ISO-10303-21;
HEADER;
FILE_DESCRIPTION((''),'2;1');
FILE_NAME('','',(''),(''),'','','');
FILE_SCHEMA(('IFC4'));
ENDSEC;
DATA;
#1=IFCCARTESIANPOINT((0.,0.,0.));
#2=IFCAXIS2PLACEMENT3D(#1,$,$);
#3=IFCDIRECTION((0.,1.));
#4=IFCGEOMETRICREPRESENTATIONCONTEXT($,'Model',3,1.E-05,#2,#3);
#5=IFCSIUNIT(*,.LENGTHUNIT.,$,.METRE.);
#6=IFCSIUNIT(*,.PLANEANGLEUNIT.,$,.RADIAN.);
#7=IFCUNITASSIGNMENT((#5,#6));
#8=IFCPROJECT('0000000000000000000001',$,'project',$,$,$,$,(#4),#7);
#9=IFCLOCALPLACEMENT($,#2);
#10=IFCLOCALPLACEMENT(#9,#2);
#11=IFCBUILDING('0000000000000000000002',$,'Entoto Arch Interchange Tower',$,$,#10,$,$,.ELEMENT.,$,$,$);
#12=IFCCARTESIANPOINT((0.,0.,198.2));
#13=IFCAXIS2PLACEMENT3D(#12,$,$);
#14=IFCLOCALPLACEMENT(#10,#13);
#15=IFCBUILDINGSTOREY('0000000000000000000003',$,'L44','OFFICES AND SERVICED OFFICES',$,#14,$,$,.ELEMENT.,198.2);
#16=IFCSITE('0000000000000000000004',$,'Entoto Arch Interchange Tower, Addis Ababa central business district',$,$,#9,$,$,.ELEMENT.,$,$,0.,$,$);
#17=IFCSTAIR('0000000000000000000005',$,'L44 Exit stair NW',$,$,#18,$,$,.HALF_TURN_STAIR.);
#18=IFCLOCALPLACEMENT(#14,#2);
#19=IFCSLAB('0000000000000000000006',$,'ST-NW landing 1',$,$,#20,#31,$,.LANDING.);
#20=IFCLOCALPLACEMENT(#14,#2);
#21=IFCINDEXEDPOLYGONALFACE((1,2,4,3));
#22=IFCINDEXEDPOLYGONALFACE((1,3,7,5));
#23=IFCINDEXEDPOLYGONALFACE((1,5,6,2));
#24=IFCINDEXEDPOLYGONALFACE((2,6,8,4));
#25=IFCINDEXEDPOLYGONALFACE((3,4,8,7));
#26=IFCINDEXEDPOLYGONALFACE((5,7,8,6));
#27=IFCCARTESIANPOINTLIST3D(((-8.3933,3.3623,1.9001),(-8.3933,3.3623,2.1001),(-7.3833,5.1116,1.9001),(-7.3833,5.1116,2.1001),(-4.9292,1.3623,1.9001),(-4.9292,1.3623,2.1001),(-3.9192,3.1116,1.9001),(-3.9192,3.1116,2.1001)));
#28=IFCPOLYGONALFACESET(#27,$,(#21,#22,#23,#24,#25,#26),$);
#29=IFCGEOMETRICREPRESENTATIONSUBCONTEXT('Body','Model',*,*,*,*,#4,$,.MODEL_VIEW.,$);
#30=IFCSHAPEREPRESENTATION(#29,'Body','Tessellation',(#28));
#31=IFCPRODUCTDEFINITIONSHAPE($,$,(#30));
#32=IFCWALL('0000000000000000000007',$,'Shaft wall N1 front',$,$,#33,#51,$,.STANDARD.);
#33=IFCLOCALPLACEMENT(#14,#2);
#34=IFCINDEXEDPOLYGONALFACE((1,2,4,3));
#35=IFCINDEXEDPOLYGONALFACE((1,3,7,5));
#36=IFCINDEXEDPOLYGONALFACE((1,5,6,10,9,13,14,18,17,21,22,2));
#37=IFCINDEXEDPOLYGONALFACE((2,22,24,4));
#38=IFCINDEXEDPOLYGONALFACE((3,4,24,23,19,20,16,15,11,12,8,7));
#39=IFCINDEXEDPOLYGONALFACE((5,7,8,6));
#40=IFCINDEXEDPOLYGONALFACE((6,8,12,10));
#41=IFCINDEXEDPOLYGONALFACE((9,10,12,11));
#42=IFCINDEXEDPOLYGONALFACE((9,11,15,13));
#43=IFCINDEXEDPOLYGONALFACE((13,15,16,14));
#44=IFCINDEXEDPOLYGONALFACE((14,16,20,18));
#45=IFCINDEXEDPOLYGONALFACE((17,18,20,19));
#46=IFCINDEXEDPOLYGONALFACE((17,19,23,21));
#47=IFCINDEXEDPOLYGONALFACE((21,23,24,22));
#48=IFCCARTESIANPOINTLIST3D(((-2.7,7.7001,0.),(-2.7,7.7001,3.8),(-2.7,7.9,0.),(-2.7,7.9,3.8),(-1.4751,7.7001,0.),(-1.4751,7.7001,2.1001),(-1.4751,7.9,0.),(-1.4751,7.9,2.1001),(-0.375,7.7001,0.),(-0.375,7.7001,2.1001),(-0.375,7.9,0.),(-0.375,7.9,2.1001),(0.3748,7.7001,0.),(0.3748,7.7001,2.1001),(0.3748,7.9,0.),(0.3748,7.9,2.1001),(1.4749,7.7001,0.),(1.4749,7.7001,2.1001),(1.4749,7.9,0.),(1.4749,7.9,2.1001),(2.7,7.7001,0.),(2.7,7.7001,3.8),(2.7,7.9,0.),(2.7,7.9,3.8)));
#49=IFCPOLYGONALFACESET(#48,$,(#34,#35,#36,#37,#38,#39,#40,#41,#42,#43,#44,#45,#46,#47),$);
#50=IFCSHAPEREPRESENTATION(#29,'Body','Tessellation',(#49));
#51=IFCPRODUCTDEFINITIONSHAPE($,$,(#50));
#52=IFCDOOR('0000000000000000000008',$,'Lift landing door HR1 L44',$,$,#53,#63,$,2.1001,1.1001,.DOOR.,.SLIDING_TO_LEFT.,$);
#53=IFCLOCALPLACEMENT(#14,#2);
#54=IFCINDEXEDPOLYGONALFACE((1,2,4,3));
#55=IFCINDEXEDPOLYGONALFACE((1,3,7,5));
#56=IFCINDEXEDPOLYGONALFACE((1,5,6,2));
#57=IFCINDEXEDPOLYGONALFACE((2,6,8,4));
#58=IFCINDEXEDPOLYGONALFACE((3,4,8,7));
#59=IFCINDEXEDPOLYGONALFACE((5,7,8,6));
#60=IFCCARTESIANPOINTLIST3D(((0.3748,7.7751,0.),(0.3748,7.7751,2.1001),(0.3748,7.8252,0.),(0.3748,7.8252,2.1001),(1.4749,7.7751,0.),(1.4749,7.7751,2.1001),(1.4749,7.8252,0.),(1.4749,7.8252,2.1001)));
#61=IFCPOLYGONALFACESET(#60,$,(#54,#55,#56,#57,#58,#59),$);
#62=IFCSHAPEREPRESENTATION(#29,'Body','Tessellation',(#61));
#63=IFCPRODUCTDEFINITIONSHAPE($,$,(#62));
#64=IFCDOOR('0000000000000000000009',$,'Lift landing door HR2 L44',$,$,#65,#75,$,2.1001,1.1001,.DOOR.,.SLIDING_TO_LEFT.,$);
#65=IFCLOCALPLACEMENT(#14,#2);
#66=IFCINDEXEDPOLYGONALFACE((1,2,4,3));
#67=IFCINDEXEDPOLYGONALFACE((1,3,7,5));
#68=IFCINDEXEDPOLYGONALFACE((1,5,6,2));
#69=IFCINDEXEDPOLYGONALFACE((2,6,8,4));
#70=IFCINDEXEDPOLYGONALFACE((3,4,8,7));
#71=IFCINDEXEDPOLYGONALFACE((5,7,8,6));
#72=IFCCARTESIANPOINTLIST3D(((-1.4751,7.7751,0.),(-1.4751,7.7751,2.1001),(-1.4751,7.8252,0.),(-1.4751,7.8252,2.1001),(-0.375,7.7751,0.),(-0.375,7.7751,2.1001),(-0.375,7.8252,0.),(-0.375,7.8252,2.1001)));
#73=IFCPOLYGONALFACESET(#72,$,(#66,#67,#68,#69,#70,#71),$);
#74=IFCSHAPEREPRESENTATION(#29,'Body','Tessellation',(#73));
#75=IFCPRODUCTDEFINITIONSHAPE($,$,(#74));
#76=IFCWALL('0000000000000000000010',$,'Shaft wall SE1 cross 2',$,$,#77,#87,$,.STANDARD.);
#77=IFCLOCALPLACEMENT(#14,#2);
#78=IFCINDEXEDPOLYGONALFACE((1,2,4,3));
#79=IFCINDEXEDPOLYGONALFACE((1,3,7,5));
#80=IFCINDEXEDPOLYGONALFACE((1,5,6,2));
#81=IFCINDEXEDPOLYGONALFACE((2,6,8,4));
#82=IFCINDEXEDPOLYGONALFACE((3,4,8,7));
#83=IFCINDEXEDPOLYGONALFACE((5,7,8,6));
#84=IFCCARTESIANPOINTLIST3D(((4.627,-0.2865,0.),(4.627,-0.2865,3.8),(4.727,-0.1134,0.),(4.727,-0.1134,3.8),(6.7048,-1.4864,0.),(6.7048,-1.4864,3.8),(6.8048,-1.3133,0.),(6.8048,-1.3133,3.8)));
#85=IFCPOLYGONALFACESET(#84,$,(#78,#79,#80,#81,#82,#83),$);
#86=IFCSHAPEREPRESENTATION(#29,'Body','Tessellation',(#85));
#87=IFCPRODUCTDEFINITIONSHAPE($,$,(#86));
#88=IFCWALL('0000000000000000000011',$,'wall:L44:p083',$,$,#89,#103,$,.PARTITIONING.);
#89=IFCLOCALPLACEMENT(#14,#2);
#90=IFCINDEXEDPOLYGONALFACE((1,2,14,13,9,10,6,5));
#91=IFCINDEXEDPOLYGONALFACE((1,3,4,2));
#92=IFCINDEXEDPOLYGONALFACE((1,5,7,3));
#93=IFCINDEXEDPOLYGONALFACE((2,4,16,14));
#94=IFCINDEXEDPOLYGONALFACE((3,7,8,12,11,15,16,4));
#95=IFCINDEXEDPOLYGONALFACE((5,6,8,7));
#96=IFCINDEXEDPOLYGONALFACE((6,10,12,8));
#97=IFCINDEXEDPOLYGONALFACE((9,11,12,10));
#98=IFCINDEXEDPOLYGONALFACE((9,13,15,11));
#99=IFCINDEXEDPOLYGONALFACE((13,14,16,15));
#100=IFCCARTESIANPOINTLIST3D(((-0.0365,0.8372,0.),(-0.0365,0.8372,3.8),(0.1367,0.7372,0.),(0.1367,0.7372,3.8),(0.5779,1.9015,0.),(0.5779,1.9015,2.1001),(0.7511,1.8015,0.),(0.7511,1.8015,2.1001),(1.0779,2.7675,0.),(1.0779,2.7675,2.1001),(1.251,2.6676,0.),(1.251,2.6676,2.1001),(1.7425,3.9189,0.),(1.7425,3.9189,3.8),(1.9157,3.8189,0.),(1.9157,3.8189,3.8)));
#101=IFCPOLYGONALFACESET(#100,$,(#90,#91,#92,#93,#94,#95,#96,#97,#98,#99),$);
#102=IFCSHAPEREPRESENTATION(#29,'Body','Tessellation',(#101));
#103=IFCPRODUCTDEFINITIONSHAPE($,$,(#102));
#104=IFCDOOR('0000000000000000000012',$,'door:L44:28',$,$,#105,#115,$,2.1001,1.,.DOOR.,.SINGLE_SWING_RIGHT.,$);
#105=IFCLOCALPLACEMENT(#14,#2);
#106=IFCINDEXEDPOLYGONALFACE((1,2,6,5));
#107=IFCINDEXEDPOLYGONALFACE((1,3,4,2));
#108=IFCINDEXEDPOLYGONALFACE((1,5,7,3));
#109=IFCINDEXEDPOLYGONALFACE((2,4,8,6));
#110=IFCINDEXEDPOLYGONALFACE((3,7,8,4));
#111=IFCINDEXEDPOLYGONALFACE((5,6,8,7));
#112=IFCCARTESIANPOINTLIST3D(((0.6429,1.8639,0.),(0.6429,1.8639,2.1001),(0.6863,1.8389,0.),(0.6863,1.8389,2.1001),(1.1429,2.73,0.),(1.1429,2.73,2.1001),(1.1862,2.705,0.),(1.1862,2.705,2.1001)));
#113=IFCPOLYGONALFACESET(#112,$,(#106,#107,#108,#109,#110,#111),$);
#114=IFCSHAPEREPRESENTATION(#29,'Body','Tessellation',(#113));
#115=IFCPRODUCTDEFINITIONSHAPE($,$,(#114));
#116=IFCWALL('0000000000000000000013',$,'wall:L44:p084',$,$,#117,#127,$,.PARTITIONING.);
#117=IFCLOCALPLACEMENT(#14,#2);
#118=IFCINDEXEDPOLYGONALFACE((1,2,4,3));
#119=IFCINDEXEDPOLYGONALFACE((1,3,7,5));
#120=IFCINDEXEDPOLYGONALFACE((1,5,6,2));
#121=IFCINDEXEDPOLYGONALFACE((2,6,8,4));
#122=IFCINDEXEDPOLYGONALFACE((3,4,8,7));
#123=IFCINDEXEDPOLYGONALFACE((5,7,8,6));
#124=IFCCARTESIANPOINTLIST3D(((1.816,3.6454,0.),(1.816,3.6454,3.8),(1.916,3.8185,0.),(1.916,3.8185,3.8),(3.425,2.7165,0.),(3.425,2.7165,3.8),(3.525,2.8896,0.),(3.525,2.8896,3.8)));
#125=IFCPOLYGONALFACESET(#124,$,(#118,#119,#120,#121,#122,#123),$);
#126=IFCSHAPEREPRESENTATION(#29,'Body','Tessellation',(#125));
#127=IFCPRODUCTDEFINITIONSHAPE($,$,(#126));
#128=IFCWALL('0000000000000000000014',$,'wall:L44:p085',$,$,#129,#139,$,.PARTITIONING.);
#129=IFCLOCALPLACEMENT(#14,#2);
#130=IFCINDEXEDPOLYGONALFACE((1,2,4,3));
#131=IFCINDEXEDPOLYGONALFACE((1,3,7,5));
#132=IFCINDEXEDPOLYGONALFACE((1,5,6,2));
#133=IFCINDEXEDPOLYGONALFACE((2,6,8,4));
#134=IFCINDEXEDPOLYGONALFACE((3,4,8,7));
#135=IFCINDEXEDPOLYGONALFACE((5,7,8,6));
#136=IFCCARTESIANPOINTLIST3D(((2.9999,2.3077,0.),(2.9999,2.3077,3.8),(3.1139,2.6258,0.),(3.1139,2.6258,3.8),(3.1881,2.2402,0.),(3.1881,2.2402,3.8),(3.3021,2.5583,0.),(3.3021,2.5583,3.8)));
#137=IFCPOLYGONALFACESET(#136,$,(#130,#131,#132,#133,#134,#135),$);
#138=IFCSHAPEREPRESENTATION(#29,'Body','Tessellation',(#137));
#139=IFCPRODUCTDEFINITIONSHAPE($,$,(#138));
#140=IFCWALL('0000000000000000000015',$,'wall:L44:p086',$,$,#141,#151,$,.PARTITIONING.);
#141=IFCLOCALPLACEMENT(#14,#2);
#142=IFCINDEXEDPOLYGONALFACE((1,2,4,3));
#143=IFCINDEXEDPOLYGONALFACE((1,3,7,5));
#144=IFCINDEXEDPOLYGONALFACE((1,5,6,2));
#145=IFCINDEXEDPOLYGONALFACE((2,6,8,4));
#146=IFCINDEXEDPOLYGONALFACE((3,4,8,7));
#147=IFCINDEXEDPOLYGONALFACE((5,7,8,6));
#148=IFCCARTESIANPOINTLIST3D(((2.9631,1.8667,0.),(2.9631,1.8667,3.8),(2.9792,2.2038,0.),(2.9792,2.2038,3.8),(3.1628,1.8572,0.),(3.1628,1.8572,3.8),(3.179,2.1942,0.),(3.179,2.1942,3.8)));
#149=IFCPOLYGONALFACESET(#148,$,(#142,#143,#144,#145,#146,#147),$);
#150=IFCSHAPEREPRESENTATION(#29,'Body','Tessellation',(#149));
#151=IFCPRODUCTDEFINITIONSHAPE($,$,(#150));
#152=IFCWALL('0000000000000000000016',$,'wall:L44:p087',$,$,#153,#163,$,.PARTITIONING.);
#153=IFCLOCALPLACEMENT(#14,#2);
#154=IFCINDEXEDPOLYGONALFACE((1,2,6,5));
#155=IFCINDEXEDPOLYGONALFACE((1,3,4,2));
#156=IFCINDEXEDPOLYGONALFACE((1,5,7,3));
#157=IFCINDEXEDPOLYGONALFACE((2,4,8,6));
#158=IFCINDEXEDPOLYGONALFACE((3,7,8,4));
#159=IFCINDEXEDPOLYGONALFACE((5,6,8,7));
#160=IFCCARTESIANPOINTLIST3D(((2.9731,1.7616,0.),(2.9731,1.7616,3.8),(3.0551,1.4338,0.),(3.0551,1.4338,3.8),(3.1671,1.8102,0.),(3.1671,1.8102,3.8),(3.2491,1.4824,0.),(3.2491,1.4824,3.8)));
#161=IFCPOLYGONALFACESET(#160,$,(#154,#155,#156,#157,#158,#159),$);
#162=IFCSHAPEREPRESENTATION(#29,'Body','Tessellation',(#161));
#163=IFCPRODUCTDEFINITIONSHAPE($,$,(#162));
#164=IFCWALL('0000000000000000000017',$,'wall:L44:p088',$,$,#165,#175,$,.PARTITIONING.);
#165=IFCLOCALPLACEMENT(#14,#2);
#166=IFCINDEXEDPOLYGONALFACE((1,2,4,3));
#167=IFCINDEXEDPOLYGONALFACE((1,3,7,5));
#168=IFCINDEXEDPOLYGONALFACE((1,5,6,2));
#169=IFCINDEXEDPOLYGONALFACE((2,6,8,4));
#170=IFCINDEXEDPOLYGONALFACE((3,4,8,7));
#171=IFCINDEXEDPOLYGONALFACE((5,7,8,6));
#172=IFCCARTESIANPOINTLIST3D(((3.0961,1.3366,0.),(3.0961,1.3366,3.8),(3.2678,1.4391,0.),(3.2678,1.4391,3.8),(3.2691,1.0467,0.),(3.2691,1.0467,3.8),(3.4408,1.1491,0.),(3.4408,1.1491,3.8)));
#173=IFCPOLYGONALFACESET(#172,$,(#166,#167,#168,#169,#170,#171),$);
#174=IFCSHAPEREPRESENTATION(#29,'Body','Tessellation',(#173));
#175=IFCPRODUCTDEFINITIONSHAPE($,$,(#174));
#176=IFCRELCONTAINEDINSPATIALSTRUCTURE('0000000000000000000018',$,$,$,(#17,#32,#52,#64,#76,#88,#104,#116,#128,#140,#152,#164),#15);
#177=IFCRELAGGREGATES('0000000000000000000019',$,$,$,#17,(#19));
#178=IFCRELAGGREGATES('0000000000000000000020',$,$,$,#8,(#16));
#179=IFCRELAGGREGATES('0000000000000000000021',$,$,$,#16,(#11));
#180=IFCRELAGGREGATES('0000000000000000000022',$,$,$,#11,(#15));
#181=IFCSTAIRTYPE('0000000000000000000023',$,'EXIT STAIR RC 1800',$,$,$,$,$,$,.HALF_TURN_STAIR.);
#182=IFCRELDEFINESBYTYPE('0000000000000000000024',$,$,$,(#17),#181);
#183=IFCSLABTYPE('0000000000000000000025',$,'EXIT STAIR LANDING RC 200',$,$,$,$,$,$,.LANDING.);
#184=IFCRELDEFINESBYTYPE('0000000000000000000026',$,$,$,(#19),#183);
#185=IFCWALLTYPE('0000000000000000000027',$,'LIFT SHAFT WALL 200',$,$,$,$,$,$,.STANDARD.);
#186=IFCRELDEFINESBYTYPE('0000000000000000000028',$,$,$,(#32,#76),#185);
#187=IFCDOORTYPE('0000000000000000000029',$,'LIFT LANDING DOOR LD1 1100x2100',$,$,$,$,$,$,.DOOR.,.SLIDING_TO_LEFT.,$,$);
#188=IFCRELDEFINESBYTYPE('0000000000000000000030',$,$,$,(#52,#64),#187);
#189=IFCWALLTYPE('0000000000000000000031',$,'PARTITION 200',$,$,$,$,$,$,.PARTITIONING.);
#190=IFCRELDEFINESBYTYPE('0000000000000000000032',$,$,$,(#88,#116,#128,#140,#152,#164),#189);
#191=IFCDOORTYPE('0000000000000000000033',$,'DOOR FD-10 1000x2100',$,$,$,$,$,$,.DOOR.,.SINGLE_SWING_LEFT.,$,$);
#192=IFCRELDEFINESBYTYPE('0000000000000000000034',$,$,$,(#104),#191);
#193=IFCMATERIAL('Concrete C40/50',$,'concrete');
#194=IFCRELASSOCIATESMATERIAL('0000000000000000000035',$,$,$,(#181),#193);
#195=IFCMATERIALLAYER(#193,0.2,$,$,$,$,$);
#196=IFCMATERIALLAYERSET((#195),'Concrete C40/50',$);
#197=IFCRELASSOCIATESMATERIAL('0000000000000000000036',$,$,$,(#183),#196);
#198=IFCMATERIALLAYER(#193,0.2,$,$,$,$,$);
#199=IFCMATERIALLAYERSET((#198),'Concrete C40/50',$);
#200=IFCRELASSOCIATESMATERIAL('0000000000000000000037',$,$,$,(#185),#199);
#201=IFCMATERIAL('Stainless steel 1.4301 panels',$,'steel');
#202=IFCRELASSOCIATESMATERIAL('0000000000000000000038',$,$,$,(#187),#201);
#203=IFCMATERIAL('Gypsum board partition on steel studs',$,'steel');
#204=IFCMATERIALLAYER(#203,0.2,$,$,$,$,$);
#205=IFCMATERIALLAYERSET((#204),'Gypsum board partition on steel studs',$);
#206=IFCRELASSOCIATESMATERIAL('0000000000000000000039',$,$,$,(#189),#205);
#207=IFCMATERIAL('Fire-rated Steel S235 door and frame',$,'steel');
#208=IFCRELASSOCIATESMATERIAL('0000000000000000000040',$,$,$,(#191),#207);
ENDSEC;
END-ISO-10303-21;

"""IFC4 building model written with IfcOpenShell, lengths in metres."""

from ifc_helpers import new_model, si_unit, direction, frame, frame_2d, origin, place, context, subcontext, project, spatial, polyline, rectangle, outline, extrude, material, layer, layer_set, type_object, element, fill, aggregate, save


model = new_model("IFC4")

# Units and contexts
model_context = context("Model", 3, precision=1e-05, world=origin(), true_north=direction((0.0, 1.0)))
body_context = subcontext(model_context, "Body", "Model", "MODEL_VIEW")
ifc_project = project(units=[si_unit("LENGTHUNIT", "METRE"), si_unit("PLANEANGLEUNIT", "RADIAN")], contexts=[model_context])

# Site, building, storey
site_placement = place(None, origin())
site = spatial("IfcSite", under=ifc_project, at=site_placement, Name="Entoto Arch Interchange Tower, Addis Ababa central business district", CompositionType="ELEMENT", RefElevation=0.0)
building_placement = place(site_placement, origin())
building = spatial("IfcBuilding", under=site, at=building_placement, Name="Entoto Arch Interchange Tower", CompositionType="ELEMENT")
storey_placement = place(building_placement, frame((0.0, 0.0, 198.2)))
storey = spatial("IfcBuildingStorey", under=building, at=storey_placement, Name="L44", Description="OFFICES AND SERVICED OFFICES", CompositionType="ELEMENT", Elevation=198.2)

# Stair, slab
ifc_material_1 = material(Name="Concrete C40/50", Category="concrete")
stair_type = type_object("IfcStairType", Name="EXIT STAIR RC 1800", PredefinedType="HALF_TURN_STAIR", material=ifc_material_1)
stair_1_placement = place(storey_placement, origin())
stair_1 = element("IfcStair", 1, at=stair_1_placement, inside=storey, type_object=stair_type, Name="L44 Exit stair NW", PredefinedType="HALF_TURN_STAIR")
ifc_layer_1 = layer(ifc_material_1, 0.2)
ifc_layer_set_1 = layer_set([ifc_layer_1], Name="Concrete C40/50")
slab_type = type_object("IfcSlabType", Name="EXIT STAIR LANDING RC 200", PredefinedType="LANDING", material=ifc_layer_set_1)
slab_placement = place(storey_placement, frame((0.0, 0.0, 1.9001)))
slab = element("IfcSlab", 2, at=slab_placement, type_object=slab_type, Name="ST-NW landing 1", PredefinedType="LANDING", context=body_context, shape_type="SweptSolid", body=[
    extrude(outline(polyline([(-7.3833, 5.1116), (-8.3933, 3.3623), (-4.9292, 1.3623), (-3.9192, 3.1116), (-7.3833, 5.1116)])), origin(), (0.0, 0.0, 1.0), 0.2),
])
aggregate(stair_1, [slab])

# Wall, openings, doors
ifc_layer_2 = layer(ifc_material_1, 0.2)
ifc_layer_set_2 = layer_set([ifc_layer_2], Name="Concrete C40/50")
wall_type_1 = type_object("IfcWallType", Name="LIFT SHAFT WALL 200", PredefinedType="STANDARD", material=ifc_layer_set_2)
wall_1_placement = place(storey_placement, frame((2.7, 7.8, 0.0), z_axis=(0.0, 0.0, 1.0), x_axis=(-1.0, 0.0, 0.0)))
wall_1 = element("IfcWall", 3, at=wall_1_placement, inside=storey, type_object=wall_type_1, Name="Shaft wall N1 front", PredefinedType="STANDARD", context=body_context, shape_type="SweptSolid", body=[
    extrude(rectangle(XDim=5.3999, YDim=0.2, at=frame_2d((2.7, 0.0))), origin(), (0.0, 0.0, 1.0), 3.8),
])
opening_1_placement = place(wall_1_placement, frame((1.2251, 0.0, 0.0)))
opening_1 = element("IfcOpeningElement", 4, at=opening_1_placement, cuts=wall_1, PredefinedType="OPENING", context=body_context, shape_type="SweptSolid", body=[
    extrude(rectangle(XDim=1.1001, YDim=2.1001, at=frame_2d((0.55, 1.05))), frame((0.0, 0.1099, 0.0), z_axis=(0.0, -1.0, 0.0), x_axis=(1.0, 0.0, 0.0)), (0.0, 0.0, 1.0), 0.22),
])
opening_2_placement = place(wall_1_placement, frame((3.075, 0.0, 0.0)))
opening_2 = element("IfcOpeningElement", 5, at=opening_2_placement, cuts=wall_1, PredefinedType="OPENING", context=body_context, shape_type="SweptSolid", body=[
    extrude(rectangle(XDim=1.1001, YDim=2.1001, at=frame_2d((0.55, 1.05))), frame((0.0, 0.1099, 0.0), z_axis=(0.0, -1.0, 0.0), x_axis=(1.0, 0.0, 0.0)), (0.0, 0.0, 1.0), 0.22),
])
ifc_material_2 = material(Name="Stainless steel 1.4301 panels", Category="steel")
door_type_1 = type_object("IfcDoorType", Name="LIFT LANDING DOOR LD1 1100x2100", OperationType="SLIDING_TO_LEFT", PredefinedType="DOOR", material=ifc_material_2)
door_1_placement = place(opening_1_placement, origin())
door_1 = element("IfcDoor", 6, at=door_1_placement, inside=storey, type_object=door_type_1, Name="Lift landing door HR1 L44", OperationType="SLIDING_TO_LEFT", OverallHeight=2.1001, OverallWidth=1.1001, PredefinedType="DOOR", context=body_context, shape_type="SweptSolid", body=[
    extrude(rectangle(XDim=1.1001, YDim=2.1001, at=frame_2d((0.55, 1.05))), frame((0.0, 0.0249, 0.0), z_axis=(0.0, -1.0, 0.0), x_axis=(1.0, 0.0, 0.0)), (0.0, 0.0, 1.0), 0.05),
])
fill(opening_1, door_1)
door_2_placement = place(opening_2_placement, origin())
door_2 = element("IfcDoor", 7, at=door_2_placement, inside=storey, type_object=door_type_1, Name="Lift landing door HR2 L44", OperationType="SLIDING_TO_LEFT", OverallHeight=2.1001, OverallWidth=1.1001, PredefinedType="DOOR", context=body_context, shape_type="SweptSolid", body=[
    extrude(rectangle(XDim=1.1001, YDim=2.1001, at=frame_2d((0.55, 1.05))), frame((0.0, 0.0249, 0.0), z_axis=(0.0, -1.0, 0.0), x_axis=(1.0, 0.0, 0.0)), (0.0, 0.0, 1.0), 0.05),
])
fill(opening_2, door_2)

# Wall
wall_2_placement = place(storey_placement, frame((4.677, -0.2, 0.0), z_axis=(0.0, 0.0, 1.0), x_axis=(0.865974, -0.500089, 0.0)))
element("IfcWall", 8, at=wall_2_placement, inside=storey, type_object=wall_type_1, Name="Shaft wall SE1 cross 2", PredefinedType="STANDARD", context=body_context, shape_type="SweptSolid", body=[
    extrude(rectangle(XDim=2.3994, YDim=0.2, at=frame_2d((1.1997, 0.0))), origin(), (0.0, 0.0, 1.0), 3.8),
])

# Wall, opening, door
ifc_material_3 = material(Name="Gypsum board partition on steel studs", Category="steel")
ifc_layer_3 = layer(ifc_material_3, 0.2)
ifc_layer_set_3 = layer_set([ifc_layer_3], Name="Gypsum board partition on steel studs")
wall_type_2 = type_object("IfcWallType", Name="PARTITION 200", PredefinedType="PARTITIONING", material=ifc_layer_set_3)
wall_3_placement = place(storey_placement, frame((0.05, 0.7871, 0.0), z_axis=(0.0, 0.0, 1.0), x_axis=(0.499954, 0.866052, 0.0)))
wall_3 = element("IfcWall", 9, at=wall_3_placement, inside=storey, type_object=wall_type_2, Name="wall:L44:p083", PredefinedType="PARTITIONING", context=body_context, shape_type="SweptSolid", body=[
    extrude(rectangle(XDim=3.5583, YDim=0.2, at=frame_2d((1.7793, 0.0))), origin(), (0.0, 0.0, 1.0), 3.8),
])
opening_3_placement = place(wall_3_placement, frame((1.229, 0.0, 0.0)))
opening_3 = element("IfcOpeningElement", 10, at=opening_3_placement, cuts=wall_3, PredefinedType="OPENING", context=body_context, shape_type="SweptSolid", body=[
    extrude(rectangle(XDim=1.0, YDim=2.1001, at=frame_2d((0.5, 1.05))), frame((0.0, 0.1099, 0.0), z_axis=(0.0, -1.0, 0.0), x_axis=(1.0, 0.0, 0.0)), (0.0, 0.0, 1.0), 0.22),
])
ifc_material_4 = material(Name="Fire-rated Steel S235 door and frame", Category="steel")
door_type_2 = type_object("IfcDoorType", Name="DOOR FD-10 1000x2100", OperationType="SINGLE_SWING_LEFT", PredefinedType="DOOR", material=ifc_material_4)
door_3_placement = place(opening_3_placement, origin())
door_3 = element("IfcDoor", 11, at=door_3_placement, inside=storey, type_object=door_type_2, Name="door:L44:28", OperationType="SINGLE_SWING_RIGHT", OverallHeight=2.1001, OverallWidth=1.0, PredefinedType="DOOR", context=body_context, shape_type="SweptSolid", body=[
    extrude(rectangle(XDim=1.0, YDim=2.1001, at=frame_2d((0.5, 1.05))), frame((0.0, 0.0249, 0.0), z_axis=(0.0, -1.0, 0.0), x_axis=(1.0, 0.0, 0.0)), (0.0, 0.0, 1.0), 0.05),
])
fill(opening_3, door_3)

# Walls
wall_4_placement = place(storey_placement, frame((1.866, 3.7319, 0.0), z_axis=(0.0, 0.0, 1.0), x_axis=(0.866043, -0.499969, 0.0)))
element("IfcWall", 12, at=wall_4_placement, inside=storey, type_object=wall_type_2, Name="wall:L44:p084", PredefinedType="PARTITIONING", context=body_context, shape_type="SweptSolid", body=[
    extrude(rectangle(XDim=1.8579, YDim=0.2, at=frame_2d((0.929, 0.0))), origin(), (0.0, 0.0, 1.0), 3.8),
])
wall_5_placement = place(storey_placement, frame((3.208, 2.592, 0.0), z_axis=(0.0, 0.0, 1.0), x_axis=(-0.337389, -0.941365, 0.0)))
element("IfcWall", 13, at=wall_5_placement, inside=storey, type_object=wall_type_2, Name="wall:L44:p085", PredefinedType="PARTITIONING", context=body_context, shape_type="SweptSolid", body=[
    extrude(rectangle(XDim=0.3379, YDim=0.2, at=frame_2d((0.1689, 0.0))), origin(), (0.0, 0.0, 1.0), 3.8),
])
wall_6_placement = place(storey_placement, frame((3.0791, 2.199, 0.0), z_axis=(0.0, 0.0, 1.0), x_axis=(-0.047771, -0.998858, 0.0)))
element("IfcWall", 14, at=wall_6_placement, inside=storey, type_object=wall_type_2, Name="wall:L44:p086", PredefinedType="PARTITIONING", context=body_context, shape_type="SweptSolid", body=[
    extrude(rectangle(XDim=0.3374, YDim=0.2, at=frame_2d((0.1687, 0.0))), origin(), (0.0, 0.0, 1.0), 3.8),
])
wall_7_placement = place(storey_placement, frame((3.0701, 1.7859, 0.0), z_axis=(0.0, 0.0, 1.0), x_axis=(0.242706, -0.9701, 0.0)))
element("IfcWall", 15, at=wall_7_placement, inside=storey, type_object=wall_type_2, Name="wall:L44:p087", PredefinedType="PARTITIONING", context=body_context, shape_type="SweptSolid", body=[
    extrude(rectangle(XDim=0.3379, YDim=0.2, at=frame_2d((0.1689, 0.0))), origin(), (0.0, 0.0, 1.0), 3.8),
])
for number, where, z_axis, x_axis, name in (
    (16, (3.1819, 1.3879, 0.0), (0.0, 0.0, 1.0), (0.512475, -0.858702, 0.0), "wall:L44:p088"),
):
    element("IfcWall", number, at=place(storey_placement, frame(where, z_axis=z_axis, x_axis=x_axis)), inside=storey, type_object=wall_type_2, Name=name, PredefinedType="PARTITIONING", context=body_context, shape_type="SweptSolid", body=[
        extrude(rectangle(XDim=0.3376, YDim=0.2, at=frame_2d((0.1689, 0.0))), origin(), (0.0, 0.0, 1.0), 3.8),
    ])

save(model, "model.ifc")
